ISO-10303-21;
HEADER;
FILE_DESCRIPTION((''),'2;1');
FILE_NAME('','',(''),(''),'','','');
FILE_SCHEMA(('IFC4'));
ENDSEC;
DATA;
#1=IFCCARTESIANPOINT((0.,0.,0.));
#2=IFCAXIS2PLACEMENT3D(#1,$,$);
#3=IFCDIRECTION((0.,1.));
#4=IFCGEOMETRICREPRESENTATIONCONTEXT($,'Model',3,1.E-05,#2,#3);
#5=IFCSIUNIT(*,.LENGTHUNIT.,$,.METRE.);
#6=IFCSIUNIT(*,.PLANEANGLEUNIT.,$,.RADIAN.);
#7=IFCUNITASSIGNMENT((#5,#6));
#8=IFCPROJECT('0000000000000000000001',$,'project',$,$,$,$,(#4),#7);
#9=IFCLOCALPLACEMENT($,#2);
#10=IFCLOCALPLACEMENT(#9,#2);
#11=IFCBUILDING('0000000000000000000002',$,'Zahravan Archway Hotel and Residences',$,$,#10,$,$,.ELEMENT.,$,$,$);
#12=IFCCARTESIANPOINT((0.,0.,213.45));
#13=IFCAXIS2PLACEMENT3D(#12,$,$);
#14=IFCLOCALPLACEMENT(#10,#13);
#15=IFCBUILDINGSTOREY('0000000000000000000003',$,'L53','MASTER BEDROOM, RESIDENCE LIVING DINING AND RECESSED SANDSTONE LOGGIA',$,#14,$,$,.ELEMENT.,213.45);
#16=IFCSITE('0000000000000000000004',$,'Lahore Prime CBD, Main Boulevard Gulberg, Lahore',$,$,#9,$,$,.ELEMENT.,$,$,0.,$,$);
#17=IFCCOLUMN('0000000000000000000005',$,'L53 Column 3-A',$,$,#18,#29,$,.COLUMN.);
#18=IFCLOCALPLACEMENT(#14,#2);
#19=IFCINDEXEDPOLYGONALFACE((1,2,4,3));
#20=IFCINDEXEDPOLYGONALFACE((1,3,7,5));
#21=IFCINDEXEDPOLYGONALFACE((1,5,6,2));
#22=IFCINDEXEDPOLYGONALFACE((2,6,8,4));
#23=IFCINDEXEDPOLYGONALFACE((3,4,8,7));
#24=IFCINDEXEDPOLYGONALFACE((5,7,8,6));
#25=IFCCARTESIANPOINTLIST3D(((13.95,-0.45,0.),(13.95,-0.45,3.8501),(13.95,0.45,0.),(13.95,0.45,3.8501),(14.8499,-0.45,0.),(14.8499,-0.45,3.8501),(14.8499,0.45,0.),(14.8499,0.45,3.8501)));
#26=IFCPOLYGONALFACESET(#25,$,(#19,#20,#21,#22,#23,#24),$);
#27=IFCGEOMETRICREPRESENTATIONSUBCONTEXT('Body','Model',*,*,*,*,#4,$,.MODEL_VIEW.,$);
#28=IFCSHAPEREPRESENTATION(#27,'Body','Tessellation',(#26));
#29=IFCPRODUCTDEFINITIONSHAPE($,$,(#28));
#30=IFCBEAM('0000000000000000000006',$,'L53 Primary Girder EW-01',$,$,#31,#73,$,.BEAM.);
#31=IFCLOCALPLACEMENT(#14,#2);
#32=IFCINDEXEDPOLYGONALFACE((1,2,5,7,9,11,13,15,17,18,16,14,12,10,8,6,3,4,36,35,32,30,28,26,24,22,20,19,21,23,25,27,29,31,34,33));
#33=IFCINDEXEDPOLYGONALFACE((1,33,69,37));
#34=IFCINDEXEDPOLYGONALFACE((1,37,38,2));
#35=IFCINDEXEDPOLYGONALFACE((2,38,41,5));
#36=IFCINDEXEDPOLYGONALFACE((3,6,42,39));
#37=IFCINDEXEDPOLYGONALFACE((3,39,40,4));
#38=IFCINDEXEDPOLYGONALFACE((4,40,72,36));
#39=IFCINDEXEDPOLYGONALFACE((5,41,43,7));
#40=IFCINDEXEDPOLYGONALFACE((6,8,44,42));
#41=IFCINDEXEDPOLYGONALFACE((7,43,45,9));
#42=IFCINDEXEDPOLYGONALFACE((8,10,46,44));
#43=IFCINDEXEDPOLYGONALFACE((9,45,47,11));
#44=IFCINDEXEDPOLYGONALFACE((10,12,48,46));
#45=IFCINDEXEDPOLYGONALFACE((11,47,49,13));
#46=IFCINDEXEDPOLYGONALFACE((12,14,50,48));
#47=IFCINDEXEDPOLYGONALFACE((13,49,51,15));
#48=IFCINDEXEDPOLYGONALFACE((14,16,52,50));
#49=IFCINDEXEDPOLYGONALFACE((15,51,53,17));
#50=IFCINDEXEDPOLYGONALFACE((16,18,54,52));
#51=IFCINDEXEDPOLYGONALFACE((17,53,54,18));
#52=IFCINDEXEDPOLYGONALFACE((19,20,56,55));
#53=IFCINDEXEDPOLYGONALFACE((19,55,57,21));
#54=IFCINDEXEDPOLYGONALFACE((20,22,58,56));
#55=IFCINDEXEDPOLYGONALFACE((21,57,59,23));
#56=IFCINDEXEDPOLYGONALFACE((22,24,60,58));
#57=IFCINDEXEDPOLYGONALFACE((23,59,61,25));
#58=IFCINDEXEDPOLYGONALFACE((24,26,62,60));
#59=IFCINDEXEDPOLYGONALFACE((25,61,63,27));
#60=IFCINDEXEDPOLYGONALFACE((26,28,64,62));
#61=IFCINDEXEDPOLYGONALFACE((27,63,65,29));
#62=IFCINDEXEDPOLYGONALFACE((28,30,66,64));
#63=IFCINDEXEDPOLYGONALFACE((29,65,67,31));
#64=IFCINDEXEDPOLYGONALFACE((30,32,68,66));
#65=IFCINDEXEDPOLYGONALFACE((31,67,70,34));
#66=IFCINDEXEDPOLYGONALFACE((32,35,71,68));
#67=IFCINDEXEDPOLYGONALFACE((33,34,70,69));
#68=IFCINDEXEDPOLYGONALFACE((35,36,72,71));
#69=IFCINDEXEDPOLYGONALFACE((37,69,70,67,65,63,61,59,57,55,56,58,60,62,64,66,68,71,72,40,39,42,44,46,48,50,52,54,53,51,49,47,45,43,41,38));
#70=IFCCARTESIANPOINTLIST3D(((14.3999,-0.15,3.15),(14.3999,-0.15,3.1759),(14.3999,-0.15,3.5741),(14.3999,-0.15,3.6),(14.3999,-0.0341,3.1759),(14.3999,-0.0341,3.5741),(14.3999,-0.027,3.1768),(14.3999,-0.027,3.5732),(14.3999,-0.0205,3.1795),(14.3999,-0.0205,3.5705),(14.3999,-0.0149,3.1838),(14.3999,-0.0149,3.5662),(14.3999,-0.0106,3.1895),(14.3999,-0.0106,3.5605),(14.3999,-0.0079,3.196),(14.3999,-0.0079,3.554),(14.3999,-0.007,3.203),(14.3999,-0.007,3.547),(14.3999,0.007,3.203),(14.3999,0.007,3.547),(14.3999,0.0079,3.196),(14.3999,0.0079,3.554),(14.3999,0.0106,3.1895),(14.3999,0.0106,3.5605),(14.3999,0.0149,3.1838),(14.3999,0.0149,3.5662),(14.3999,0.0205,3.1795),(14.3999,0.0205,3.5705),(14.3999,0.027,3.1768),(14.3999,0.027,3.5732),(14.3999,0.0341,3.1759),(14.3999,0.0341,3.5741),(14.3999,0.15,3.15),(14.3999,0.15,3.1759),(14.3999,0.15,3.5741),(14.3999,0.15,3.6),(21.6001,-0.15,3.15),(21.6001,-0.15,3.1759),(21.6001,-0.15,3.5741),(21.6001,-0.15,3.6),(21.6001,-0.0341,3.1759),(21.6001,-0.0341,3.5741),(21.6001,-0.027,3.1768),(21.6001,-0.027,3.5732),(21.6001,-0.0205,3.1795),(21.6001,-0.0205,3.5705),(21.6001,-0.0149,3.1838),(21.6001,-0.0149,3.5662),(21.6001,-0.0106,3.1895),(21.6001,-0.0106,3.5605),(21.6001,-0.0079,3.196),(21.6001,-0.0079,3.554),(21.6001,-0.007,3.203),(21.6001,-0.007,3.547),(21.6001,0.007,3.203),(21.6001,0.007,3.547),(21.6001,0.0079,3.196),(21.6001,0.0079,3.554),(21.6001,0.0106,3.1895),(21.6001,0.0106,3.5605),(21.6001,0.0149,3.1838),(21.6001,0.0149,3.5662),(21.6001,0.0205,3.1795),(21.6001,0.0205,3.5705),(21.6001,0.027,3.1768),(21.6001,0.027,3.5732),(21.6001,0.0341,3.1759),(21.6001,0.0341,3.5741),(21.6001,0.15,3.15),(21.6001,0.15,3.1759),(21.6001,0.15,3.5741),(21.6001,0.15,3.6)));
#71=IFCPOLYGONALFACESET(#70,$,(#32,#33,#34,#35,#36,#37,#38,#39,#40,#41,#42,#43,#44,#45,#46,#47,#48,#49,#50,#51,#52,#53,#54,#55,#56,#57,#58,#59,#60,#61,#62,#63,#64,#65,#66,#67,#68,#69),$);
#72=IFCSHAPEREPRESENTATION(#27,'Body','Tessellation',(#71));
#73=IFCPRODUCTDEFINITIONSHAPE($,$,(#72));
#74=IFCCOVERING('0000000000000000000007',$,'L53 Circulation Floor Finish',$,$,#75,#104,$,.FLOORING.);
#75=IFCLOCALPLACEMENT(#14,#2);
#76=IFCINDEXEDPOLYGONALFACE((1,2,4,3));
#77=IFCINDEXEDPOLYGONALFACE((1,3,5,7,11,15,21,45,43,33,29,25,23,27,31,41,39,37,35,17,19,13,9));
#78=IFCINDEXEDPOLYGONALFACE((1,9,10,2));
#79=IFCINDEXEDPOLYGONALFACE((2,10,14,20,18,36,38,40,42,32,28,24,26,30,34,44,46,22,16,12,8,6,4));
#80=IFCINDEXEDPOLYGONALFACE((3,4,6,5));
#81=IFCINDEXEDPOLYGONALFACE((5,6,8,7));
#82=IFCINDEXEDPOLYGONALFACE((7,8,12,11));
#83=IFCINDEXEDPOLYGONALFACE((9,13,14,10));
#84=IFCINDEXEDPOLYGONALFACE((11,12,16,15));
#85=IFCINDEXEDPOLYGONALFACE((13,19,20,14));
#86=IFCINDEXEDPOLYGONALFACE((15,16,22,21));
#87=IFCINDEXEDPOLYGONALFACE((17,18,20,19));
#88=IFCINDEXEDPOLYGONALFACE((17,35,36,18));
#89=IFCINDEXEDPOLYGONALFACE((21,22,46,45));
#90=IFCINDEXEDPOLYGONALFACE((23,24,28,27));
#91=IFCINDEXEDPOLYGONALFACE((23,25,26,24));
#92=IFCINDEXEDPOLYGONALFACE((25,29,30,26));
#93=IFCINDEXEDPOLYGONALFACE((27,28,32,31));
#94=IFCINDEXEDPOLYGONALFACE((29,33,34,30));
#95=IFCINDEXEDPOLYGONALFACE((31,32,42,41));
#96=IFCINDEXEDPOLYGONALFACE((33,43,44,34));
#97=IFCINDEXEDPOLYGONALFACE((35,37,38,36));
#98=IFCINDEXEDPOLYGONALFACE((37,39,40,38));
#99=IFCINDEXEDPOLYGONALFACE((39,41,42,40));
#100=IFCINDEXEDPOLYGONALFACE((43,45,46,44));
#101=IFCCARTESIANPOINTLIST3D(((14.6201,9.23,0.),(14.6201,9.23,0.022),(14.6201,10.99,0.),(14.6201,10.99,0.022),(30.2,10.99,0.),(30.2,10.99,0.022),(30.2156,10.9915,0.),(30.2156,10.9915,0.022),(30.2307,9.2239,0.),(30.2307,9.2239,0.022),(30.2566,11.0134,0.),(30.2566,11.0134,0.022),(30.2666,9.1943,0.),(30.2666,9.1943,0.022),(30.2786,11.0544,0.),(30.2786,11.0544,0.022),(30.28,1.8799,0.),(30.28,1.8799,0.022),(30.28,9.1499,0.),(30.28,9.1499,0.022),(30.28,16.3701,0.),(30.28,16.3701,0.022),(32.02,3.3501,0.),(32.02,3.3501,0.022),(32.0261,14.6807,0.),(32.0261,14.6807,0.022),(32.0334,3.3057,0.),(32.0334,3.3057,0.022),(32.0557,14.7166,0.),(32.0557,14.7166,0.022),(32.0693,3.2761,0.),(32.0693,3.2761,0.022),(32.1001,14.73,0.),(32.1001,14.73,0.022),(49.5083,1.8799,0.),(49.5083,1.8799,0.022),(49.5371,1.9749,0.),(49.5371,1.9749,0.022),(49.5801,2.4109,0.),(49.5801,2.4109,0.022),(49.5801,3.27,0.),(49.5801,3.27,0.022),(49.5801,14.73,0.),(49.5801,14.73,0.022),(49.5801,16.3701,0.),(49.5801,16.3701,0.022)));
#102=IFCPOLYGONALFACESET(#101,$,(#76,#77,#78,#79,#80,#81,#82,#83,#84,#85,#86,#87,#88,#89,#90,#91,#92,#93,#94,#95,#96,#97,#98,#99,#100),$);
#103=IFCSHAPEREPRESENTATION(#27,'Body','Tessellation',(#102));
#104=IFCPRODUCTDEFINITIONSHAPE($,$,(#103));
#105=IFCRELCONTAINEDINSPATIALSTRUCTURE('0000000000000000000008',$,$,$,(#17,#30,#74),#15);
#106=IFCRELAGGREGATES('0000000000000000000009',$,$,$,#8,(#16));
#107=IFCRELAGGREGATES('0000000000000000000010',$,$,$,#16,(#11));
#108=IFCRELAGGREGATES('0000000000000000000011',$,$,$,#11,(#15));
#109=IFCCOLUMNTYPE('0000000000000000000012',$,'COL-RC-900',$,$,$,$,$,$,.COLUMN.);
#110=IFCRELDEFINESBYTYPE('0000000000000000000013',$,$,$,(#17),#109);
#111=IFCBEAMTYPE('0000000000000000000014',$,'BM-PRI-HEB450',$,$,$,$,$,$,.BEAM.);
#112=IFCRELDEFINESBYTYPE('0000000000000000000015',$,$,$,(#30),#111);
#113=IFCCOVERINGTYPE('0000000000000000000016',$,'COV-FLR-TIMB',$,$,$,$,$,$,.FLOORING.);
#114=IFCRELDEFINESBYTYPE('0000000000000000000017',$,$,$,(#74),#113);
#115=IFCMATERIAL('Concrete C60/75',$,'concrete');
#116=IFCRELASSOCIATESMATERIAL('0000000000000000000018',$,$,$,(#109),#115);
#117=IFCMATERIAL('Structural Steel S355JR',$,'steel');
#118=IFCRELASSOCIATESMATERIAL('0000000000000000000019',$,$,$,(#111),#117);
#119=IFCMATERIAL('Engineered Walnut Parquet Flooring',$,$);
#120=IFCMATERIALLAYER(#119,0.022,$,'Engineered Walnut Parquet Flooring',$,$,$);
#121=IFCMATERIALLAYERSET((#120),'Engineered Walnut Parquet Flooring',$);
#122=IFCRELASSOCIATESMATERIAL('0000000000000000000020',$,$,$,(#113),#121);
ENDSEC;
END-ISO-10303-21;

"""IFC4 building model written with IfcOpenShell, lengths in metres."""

from ifc_helpers import new_model, si_unit, direction, frame, origin, origin_2d, place, context, subcontext, project, spatial, polyline, rectangle, i_section, outline, extrude, source, transform, mapped, material, layer, layer_set, material_profile, profile_set, type_object, type_shapes, element, save


model = new_model("IFC4")

# Units and contexts
model_context = context("Model", 3, precision=1e-05, world=origin(), true_north=direction((0.0, 1.0)))
body_context = subcontext(model_context, "Body", "Model", "MODEL_VIEW")
ifc_project = project(units=[si_unit("LENGTHUNIT", "METRE"), si_unit("PLANEANGLEUNIT", "RADIAN")], contexts=[model_context])

# Site, building, storey
site_placement = place(None, origin())
site = spatial("IfcSite", under=ifc_project, at=site_placement, Name="Lahore Prime CBD, Main Boulevard Gulberg, Lahore", CompositionType="ELEMENT", RefElevation=0.0)
building_placement = place(site_placement, origin())
building = spatial("IfcBuilding", under=site, at=building_placement, Name="Zahravan Archway Hotel and Residences", CompositionType="ELEMENT")
storey_placement = place(building_placement, frame((0.0, 0.0, 213.45)))
storey = spatial("IfcBuildingStorey", under=building, at=storey_placement, Name="L53", Description="MASTER BEDROOM, RESIDENCE LIVING DINING AND RECESSED SANDSTONE LOGGIA", CompositionType="ELEMENT", Elevation=213.45)

# Column
ifc_material_1 = material(Name="Concrete C60/75", Category="concrete")
ifc_material_profile_1 = material_profile(ifc_material_1, rectangle(XDim=0.8999, YDim=0.8999, at=origin_2d()), Name="RC-COL-900x900", Category="concrete")
ifc_profile_set_1 = profile_set([ifc_material_profile_1], Name="Concrete C60/75")
column_type = type_object("IfcColumnType", Name="COL-RC-900", PredefinedType="COLUMN", material=ifc_profile_set_1)
shared_shape_1 = source(origin(), body_context, "Body", "SweptSolid", [
    extrude(rectangle(XDim=0.8999, YDim=0.8999, at=origin_2d()), origin(), (0.0, 0.0, 1.0), 3.8501),
])
type_shapes(column_type, [shared_shape_1])
column_placement = place(storey_placement, frame((14.3999, 0.0, 0.0), z_axis=(0.0, 0.0, 1.0), x_axis=(1.0, 0.0, 0.0)))
element("IfcColumn", 1, at=column_placement, inside=storey, type_object=column_type, Name="L53 Column 3-A", PredefinedType="COLUMN", context=body_context, shape_type="MappedRepresentation", body=[
    mapped(shared_shape_1, transform((0.0, 0.0, 0.0), scale=1.0)),
])

# Beam
ifc_material_2 = material(Name="Structural Steel S355JR", Category="steel")
ifc_material_profile_2 = material_profile(ifc_material_2, i_section(OverallWidth=0.3, OverallDepth=0.45, WebThickness=0.0139, FlangeThickness=0.0259, FilletRadius=0.0271, at=origin_2d()), Name="HEB 450", Category="steel")
ifc_profile_set_2 = profile_set([ifc_material_profile_2], Name="Structural Steel S355JR")
beam_type = type_object("IfcBeamType", Name="BM-PRI-HEB450", PredefinedType="BEAM", material=ifc_profile_set_2)
shared_shape_2 = source(origin(), body_context, "Body", "SweptSolid", [
    extrude(i_section(OverallWidth=0.3, OverallDepth=0.45, WebThickness=0.0139, FlangeThickness=0.0259, FilletRadius=0.0271, at=origin_2d()), origin(), (0.0, 0.0, 1.0), 7.2002),
])
type_shapes(beam_type, [shared_shape_2])
beam_placement = place(storey_placement, frame((14.3999, 0.0, 3.375), z_axis=(1.0, 0.0, 0.0), x_axis=(0.0, 1.0, 0.0)))
element("IfcBeam", 2, at=beam_placement, inside=storey, type_object=beam_type, Name="L53 Primary Girder EW-01", PredefinedType="BEAM", context=body_context, shape_type="MappedRepresentation", body=[
    mapped(shared_shape_2, transform((0.0, 0.0, 0.0), scale=1.0)),
])

# Covering
ifc_material_3 = material(Name="Engineered Walnut Parquet Flooring")
ifc_layer = layer(ifc_material_3, 0.022, Name="Engineered Walnut Parquet Flooring")
ifc_layer_set = layer_set([ifc_layer], Name="Engineered Walnut Parquet Flooring")
covering_type = type_object("IfcCoveringType", Name="COV-FLR-TIMB", PredefinedType="FLOORING", material=ifc_layer_set)
covering_placement = place(storey_placement, origin())
element("IfcCovering", 3, at=covering_placement, inside=storey, type_object=covering_type, Name="L53 Circulation Floor Finish", PredefinedType="FLOORING", context=body_context, shape_type="SweptSolid", body=[
    extrude(outline(polyline([(30.2156, 10.9915), (30.2566, 11.0134), (30.2786, 11.0544), (30.28, 16.3701), (49.5801, 16.3701), (49.5801, 14.73), (32.1001, 14.73), (32.0557, 14.7166), (32.0261, 14.6807), (32.02, 3.3501), (32.0334, 3.3057), (32.0693, 3.2761), (49.5801, 3.27), (49.5801, 2.4109), (49.5371, 1.9749), (49.5083, 1.8799), (30.28, 1.8799), (30.28, 9.1499), (30.2666, 9.1943), (30.2307, 9.2239), (14.6201, 9.23), (14.6201, 10.99), (30.2, 10.99), (30.2156, 10.9915)])), origin(), (0.0, 0.0, 1.0), 0.022),
])

save(model, "model.ifc")
